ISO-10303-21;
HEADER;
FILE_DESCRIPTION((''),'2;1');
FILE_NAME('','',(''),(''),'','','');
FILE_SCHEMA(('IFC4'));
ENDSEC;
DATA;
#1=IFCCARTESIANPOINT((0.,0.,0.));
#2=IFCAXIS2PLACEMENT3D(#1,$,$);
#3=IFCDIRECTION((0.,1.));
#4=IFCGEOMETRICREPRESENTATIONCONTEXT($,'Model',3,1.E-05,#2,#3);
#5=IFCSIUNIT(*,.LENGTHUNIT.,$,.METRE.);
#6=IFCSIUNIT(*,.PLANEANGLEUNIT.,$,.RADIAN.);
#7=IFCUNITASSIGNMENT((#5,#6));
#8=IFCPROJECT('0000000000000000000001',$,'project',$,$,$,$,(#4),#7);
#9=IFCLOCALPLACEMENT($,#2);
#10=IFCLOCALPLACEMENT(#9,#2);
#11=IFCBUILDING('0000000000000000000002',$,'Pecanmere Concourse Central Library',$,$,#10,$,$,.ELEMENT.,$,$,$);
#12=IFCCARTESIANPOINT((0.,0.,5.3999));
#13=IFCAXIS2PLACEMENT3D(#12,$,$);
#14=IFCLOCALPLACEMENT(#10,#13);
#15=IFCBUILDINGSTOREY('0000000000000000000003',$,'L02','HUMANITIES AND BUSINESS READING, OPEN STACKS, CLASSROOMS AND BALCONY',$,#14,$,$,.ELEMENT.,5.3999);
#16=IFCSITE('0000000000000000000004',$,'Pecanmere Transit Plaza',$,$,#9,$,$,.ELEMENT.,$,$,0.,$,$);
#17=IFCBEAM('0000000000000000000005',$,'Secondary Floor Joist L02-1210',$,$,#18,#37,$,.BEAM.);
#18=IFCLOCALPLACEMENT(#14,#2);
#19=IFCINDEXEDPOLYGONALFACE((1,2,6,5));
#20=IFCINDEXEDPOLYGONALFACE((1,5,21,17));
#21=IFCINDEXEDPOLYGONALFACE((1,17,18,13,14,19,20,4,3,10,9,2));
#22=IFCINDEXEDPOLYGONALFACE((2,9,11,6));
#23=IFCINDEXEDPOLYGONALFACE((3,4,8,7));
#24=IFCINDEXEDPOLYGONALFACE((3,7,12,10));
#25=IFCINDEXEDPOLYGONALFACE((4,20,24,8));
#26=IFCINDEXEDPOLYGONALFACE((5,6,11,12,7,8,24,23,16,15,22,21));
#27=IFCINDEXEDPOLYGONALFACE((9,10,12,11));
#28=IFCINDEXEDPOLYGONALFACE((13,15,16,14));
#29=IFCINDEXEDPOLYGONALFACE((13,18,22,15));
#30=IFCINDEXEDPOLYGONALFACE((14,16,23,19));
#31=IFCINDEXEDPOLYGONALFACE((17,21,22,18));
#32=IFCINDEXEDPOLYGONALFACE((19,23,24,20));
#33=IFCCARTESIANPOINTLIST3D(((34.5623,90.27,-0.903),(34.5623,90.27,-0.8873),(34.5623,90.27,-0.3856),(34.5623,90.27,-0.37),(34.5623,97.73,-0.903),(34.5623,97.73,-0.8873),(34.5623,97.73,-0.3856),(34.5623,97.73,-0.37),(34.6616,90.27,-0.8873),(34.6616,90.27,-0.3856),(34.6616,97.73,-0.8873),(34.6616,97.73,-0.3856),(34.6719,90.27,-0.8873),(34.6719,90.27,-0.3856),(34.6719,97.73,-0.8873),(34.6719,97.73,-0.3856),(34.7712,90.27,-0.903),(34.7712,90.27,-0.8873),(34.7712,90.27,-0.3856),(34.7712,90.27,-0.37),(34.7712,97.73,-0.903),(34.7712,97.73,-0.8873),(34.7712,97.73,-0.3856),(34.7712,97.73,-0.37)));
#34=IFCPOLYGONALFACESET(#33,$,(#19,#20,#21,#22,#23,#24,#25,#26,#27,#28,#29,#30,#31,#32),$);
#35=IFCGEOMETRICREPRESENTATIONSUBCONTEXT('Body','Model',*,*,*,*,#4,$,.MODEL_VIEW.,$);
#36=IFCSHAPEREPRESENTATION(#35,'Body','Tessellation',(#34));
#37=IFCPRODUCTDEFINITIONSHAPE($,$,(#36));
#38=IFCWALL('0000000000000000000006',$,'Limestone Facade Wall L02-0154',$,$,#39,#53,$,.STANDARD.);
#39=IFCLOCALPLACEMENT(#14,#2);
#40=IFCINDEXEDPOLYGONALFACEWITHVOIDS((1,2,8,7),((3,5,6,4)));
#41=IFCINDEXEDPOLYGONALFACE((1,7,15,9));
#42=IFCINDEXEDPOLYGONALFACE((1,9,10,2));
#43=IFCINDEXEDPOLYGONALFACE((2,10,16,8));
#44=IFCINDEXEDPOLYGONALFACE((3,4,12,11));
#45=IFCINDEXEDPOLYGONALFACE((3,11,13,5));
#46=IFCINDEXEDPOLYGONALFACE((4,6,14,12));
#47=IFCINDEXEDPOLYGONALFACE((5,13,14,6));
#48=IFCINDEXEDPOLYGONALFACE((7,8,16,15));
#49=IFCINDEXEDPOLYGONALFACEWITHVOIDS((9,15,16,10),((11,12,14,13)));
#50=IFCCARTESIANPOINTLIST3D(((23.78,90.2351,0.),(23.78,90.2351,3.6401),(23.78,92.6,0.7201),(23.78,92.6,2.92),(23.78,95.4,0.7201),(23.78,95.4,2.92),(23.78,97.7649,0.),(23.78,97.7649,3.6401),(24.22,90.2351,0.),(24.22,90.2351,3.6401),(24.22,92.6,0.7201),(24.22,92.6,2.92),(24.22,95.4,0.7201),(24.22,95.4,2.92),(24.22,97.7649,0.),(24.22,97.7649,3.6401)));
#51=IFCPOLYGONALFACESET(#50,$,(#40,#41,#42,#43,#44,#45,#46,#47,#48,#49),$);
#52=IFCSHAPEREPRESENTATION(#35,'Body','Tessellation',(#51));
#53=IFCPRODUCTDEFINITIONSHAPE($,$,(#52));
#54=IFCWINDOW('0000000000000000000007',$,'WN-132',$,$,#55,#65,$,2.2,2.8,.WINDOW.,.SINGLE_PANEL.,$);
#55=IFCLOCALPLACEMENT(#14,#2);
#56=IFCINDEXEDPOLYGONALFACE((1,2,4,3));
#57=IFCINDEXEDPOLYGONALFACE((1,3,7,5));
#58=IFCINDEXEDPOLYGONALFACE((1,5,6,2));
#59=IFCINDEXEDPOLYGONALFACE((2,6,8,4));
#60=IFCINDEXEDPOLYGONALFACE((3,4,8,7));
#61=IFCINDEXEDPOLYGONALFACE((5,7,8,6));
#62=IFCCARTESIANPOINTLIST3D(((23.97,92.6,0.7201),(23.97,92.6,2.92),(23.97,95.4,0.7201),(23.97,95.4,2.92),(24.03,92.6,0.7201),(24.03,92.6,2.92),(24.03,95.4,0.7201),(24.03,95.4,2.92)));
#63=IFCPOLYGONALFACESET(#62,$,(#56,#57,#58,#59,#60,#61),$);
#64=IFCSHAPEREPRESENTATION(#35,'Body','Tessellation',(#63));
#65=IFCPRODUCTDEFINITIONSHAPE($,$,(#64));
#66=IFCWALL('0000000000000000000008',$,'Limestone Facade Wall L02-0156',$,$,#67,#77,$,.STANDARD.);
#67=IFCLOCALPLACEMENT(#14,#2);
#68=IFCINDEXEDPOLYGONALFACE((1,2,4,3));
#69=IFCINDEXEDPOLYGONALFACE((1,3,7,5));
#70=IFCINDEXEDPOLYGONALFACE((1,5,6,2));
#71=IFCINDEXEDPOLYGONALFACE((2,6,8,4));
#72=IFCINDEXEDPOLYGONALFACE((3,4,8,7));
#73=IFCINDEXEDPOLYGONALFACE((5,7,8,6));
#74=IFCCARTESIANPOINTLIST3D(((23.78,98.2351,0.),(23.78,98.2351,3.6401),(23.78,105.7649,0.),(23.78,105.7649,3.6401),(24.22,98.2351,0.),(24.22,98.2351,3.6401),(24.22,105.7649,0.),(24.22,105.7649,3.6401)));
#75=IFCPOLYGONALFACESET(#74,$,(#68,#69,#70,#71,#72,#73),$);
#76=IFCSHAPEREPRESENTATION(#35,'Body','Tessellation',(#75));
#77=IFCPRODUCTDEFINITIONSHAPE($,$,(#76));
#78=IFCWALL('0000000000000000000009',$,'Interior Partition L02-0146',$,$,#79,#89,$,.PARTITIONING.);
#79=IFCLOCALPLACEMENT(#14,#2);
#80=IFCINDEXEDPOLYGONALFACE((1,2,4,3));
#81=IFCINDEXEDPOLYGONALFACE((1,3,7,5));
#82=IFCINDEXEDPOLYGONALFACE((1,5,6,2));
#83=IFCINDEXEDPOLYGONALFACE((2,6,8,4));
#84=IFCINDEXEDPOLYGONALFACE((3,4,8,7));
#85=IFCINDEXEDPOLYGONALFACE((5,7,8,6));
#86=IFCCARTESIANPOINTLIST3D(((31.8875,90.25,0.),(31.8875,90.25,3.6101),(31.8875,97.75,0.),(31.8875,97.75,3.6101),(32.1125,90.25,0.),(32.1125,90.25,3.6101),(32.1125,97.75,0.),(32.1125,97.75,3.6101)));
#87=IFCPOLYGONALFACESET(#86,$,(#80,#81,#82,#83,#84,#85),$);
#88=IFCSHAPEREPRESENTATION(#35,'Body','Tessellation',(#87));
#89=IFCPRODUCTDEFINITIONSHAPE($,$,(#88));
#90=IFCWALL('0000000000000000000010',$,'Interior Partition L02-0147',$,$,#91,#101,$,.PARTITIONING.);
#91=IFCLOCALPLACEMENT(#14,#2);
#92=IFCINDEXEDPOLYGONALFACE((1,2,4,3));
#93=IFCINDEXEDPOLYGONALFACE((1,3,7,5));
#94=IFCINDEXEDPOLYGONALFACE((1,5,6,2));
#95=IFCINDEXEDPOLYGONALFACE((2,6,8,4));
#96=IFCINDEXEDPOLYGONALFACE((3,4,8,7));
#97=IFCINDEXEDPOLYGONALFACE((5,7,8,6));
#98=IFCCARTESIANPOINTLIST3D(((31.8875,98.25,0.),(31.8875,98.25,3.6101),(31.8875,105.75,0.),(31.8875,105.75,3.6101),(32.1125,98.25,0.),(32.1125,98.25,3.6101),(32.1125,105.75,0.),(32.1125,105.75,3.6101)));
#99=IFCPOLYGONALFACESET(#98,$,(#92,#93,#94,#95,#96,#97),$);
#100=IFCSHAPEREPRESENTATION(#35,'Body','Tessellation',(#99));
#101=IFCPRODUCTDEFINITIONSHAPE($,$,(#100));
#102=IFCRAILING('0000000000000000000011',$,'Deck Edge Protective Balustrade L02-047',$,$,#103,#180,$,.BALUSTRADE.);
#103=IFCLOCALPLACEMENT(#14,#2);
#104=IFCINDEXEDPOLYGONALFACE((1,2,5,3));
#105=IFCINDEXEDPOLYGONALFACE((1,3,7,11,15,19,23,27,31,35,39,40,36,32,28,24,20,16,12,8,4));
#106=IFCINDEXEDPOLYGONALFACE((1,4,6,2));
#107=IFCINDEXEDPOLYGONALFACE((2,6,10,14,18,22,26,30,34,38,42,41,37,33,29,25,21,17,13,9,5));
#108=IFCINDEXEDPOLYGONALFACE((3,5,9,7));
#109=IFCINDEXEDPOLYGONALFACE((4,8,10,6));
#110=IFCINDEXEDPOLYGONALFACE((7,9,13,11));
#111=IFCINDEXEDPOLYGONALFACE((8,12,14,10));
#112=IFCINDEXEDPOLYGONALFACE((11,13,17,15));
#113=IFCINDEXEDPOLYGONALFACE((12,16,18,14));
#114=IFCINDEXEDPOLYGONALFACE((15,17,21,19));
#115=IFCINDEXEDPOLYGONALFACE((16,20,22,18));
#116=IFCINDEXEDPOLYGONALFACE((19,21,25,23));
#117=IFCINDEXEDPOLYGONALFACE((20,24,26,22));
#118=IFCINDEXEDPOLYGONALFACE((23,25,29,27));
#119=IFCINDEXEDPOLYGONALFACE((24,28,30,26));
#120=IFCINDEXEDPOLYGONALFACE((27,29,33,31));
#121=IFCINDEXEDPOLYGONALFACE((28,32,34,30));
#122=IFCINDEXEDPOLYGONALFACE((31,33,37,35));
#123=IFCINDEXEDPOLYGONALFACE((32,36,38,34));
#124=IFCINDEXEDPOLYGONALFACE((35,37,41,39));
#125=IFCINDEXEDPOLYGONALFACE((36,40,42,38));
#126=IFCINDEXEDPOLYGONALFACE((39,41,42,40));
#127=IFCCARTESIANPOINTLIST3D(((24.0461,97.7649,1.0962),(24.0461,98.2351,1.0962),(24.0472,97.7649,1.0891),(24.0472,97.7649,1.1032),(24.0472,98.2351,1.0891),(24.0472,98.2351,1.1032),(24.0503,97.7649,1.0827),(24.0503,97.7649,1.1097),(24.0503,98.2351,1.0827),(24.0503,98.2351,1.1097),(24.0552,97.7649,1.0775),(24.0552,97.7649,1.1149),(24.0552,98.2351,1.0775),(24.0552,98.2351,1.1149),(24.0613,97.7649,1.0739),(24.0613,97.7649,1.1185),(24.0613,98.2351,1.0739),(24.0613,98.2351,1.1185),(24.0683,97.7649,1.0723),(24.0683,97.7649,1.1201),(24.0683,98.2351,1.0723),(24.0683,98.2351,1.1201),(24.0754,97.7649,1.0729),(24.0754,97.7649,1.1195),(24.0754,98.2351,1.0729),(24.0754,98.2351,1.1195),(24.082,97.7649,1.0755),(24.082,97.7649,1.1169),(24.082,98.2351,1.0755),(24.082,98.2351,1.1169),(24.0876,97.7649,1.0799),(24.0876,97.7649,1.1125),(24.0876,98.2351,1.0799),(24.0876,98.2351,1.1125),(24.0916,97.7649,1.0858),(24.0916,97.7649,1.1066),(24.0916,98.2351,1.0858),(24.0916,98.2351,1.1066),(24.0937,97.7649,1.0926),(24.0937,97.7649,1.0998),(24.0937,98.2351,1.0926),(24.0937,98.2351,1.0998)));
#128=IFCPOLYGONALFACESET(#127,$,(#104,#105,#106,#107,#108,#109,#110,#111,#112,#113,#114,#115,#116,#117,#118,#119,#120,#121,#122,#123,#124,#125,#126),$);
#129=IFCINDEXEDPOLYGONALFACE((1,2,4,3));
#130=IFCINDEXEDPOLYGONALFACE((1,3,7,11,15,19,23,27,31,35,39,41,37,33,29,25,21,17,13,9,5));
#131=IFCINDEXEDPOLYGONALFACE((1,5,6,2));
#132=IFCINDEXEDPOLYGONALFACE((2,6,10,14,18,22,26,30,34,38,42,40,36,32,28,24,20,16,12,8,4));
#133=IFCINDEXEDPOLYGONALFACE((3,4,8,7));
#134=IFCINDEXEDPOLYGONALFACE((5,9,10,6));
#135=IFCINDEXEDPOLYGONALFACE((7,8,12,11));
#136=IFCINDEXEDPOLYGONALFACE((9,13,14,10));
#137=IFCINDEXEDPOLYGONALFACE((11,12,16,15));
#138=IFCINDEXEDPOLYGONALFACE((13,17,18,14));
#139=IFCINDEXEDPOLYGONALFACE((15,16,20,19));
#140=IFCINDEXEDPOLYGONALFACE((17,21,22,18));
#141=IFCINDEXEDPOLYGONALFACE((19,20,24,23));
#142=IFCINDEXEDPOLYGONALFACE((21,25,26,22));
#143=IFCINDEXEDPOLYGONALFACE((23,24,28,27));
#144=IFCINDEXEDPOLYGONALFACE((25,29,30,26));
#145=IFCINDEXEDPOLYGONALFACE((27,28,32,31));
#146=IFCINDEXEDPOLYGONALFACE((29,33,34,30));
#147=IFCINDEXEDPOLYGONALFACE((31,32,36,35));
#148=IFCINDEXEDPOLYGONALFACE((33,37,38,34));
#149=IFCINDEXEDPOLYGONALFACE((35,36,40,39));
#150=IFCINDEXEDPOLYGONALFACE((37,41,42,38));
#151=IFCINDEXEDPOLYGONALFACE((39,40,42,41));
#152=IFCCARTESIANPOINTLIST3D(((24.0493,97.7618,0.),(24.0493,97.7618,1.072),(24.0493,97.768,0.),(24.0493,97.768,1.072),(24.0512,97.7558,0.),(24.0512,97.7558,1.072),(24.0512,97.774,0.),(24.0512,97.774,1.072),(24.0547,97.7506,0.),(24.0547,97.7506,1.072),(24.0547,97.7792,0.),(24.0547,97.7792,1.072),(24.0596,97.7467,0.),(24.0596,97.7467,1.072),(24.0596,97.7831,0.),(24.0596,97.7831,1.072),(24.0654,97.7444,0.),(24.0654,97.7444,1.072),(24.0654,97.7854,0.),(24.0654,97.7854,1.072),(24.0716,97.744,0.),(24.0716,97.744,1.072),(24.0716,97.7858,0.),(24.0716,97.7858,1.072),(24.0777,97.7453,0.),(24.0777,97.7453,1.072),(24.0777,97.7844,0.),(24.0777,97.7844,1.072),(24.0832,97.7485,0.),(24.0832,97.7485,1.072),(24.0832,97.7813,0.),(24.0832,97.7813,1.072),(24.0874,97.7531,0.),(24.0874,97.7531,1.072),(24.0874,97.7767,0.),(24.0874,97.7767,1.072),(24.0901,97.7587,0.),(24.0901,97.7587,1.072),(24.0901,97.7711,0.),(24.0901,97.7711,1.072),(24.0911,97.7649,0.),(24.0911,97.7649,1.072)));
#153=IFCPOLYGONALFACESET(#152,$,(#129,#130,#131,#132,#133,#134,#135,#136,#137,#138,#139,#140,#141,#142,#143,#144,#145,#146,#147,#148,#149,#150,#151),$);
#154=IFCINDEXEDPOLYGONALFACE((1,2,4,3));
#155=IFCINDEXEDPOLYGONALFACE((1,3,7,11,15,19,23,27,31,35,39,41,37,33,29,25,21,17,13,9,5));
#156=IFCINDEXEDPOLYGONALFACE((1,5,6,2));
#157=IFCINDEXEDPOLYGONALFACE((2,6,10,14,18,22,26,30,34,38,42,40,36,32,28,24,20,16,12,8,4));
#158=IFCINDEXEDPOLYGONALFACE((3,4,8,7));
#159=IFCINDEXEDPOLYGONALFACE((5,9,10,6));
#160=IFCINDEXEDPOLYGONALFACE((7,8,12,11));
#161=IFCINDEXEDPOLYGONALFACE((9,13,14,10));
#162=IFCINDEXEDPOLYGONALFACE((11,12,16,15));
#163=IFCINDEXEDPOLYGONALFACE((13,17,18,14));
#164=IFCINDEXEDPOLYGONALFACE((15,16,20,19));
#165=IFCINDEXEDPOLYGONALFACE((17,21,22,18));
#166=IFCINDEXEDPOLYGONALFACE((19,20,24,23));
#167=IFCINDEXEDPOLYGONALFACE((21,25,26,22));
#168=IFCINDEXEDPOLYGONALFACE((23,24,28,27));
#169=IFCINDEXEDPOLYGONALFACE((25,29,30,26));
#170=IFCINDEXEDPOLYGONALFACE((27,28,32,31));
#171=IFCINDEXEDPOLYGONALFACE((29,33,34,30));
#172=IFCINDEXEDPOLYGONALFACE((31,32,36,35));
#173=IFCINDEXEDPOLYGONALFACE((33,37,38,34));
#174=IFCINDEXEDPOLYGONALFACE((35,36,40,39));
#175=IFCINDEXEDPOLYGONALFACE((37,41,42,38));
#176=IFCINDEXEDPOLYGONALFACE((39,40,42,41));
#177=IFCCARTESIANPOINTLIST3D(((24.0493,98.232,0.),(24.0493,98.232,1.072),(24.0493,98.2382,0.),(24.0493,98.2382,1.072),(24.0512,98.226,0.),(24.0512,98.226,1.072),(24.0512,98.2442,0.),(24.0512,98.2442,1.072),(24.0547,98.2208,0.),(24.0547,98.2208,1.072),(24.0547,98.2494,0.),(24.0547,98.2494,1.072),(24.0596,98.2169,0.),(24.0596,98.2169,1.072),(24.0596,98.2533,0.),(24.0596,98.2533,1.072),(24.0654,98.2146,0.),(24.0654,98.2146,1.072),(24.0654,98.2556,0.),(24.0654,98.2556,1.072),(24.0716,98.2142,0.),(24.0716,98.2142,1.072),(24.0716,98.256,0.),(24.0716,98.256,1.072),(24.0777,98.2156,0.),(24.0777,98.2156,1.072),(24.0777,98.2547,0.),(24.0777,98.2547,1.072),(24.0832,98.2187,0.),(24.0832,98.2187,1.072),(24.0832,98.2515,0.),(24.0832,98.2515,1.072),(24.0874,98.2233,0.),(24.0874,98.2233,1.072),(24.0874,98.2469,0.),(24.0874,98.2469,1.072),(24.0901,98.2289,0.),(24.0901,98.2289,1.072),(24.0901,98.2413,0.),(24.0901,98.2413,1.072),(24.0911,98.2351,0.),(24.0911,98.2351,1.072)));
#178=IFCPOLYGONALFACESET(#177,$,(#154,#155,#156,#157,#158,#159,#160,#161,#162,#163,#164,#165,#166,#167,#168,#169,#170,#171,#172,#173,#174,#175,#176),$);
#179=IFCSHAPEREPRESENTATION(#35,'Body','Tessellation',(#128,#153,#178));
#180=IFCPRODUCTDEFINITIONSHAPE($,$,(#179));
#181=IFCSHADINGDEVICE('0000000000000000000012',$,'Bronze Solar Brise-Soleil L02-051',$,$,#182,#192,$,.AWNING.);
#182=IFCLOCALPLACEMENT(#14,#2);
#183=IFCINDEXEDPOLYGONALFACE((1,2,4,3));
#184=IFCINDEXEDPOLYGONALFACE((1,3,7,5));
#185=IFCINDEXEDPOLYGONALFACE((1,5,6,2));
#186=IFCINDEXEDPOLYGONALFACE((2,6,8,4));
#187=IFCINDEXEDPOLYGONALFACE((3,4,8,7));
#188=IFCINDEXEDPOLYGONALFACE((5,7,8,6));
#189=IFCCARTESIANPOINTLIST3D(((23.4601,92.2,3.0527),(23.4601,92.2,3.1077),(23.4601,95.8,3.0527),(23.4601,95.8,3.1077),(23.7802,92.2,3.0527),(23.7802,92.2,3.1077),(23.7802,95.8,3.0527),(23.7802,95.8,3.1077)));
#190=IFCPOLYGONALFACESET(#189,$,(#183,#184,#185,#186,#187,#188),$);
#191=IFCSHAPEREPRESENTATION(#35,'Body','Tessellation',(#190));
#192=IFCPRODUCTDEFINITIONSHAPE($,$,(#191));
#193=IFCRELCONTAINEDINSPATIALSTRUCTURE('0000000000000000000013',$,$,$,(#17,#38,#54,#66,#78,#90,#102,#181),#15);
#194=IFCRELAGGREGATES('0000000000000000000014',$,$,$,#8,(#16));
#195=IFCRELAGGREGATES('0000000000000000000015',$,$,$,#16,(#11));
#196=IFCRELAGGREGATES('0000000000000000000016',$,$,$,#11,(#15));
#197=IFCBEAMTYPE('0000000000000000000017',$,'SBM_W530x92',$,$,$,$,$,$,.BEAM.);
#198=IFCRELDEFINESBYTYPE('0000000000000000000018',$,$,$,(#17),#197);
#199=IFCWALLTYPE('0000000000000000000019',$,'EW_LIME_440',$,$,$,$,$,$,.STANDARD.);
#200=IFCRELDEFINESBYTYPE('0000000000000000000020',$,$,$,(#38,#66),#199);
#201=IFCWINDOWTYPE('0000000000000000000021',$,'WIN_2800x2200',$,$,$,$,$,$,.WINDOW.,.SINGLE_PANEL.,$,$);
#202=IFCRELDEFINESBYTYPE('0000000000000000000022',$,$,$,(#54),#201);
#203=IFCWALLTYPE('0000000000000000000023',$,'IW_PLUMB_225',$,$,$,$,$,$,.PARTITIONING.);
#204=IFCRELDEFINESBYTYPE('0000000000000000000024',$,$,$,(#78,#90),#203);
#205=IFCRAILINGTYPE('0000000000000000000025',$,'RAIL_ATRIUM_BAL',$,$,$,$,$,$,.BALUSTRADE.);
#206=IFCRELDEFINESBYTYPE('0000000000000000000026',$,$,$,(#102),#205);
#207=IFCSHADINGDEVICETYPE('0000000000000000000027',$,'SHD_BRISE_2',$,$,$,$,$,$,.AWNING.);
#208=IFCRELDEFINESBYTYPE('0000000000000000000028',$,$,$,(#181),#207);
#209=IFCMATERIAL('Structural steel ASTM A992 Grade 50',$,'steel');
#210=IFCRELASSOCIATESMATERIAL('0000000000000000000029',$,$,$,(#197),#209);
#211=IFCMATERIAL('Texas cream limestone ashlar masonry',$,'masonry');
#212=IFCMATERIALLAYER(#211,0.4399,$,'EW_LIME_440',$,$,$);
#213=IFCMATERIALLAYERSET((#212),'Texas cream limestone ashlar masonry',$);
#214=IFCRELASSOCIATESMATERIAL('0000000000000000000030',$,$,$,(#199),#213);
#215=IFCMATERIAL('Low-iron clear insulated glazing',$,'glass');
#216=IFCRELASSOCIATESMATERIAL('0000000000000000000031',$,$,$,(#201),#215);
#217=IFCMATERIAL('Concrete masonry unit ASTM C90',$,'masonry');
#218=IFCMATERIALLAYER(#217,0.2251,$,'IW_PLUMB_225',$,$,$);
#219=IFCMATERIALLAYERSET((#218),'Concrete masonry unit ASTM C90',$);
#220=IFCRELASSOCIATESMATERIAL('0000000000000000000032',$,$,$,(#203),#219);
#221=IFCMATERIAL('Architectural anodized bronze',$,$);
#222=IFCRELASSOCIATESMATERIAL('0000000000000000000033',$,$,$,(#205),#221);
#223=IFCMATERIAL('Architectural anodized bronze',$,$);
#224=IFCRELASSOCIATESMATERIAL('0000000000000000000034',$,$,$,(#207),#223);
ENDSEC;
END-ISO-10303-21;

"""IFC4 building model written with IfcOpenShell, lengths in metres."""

from ifc_helpers import new_model, si_unit, direction, frame, frame_2d, origin, origin_2d, place, context, subcontext, project, spatial, rectangle, circle, i_section, extrude, material, layer, layer_set, material_profile, profile_set, type_object, element, fill, save


model = new_model("IFC4")

# Units and contexts
model_context = context("Model", 3, precision=1e-05, world=origin(), true_north=direction((0.0, 1.0)))
body_context = subcontext(model_context, "Body", "Model", "MODEL_VIEW")
ifc_project = project(units=[si_unit("LENGTHUNIT", "METRE"), si_unit("PLANEANGLEUNIT", "RADIAN")], contexts=[model_context])

# Site, building, storey
site_placement = place(None, origin())
site = spatial("IfcSite", under=ifc_project, at=site_placement, Name="Pecanmere Transit Plaza", CompositionType="ELEMENT", RefElevation=0.0)
building_placement = place(site_placement, origin())
building = spatial("IfcBuilding", under=site, at=building_placement, Name="Pecanmere Concourse Central Library", CompositionType="ELEMENT")
storey_placement = place(building_placement, frame((0.0, 0.0, 5.3999)))
storey = spatial("IfcBuildingStorey", under=building, at=storey_placement, Name="L02", Description="HUMANITIES AND BUSINESS READING, OPEN STACKS, CLASSROOMS AND BALCONY", CompositionType="ELEMENT", Elevation=5.3999)

# Beam
ifc_material_1 = material(Name="Structural steel ASTM A992 Grade 50", Category="steel")
ifc_material_profile_1 = material_profile(ifc_material_1, i_section(OverallWidth=0.209, OverallDepth=0.533, WebThickness=0.0103, FlangeThickness=0.0156, at=origin_2d()), Name="W530x92")
ifc_profile_set_1 = profile_set([ifc_material_profile_1], Name="Structural steel ASTM A992 Grade 50")
beam_type_1 = type_object("IfcBeamType", Name="SBM_W530x92", PredefinedType="BEAM", material=ifc_profile_set_1)
beam_1_placement = place(storey_placement, frame((34.6667, 90.27, -0.6365), z_axis=(0.0, 1.0, 0.0), x_axis=(-1.0, 0.0, 0.0)))
element("IfcBeam", 1, at=beam_1_placement, inside=storey, type_object=beam_type_1, Name="Secondary Floor Joist L02-1210", PredefinedType="BEAM", context=body_context, shape_type="SweptSolid", body=[
    extrude(i_section(OverallWidth=0.209, OverallDepth=0.533, WebThickness=0.0103, FlangeThickness=0.0156, at=origin_2d()), origin(), (0.0, 0.0, 1.0), 7.46),
])

# Wall, opening, window
ifc_material_2 = material(Name="Texas cream limestone ashlar masonry", Category="masonry")
ifc_layer_1 = layer(ifc_material_2, 0.4399, Name="EW_LIME_440")
ifc_layer_set_1 = layer_set([ifc_layer_1], Name="Texas cream limestone ashlar masonry")
wall_type_1 = type_object("IfcWallType", Name="EW_LIME_440", PredefinedType="STANDARD", material=ifc_layer_set_1)
wall_1_placement = place(storey_placement, frame((24.0, 97.7649, 0.0), z_axis=(0.0, 0.0, 1.0), x_axis=(0.0, -1.0, 0.0)))
wall_1 = element("IfcWall", 2, at=wall_1_placement, inside=storey, type_object=wall_type_1, Name="Limestone Facade Wall L02-0154", PredefinedType="STANDARD", context=body_context, shape_type="SweptSolid", body=[
    extrude(rectangle(XDim=7.5298, YDim=0.4399, at=frame_2d((3.7649, 0.0))), origin(), (0.0, 0.0, 1.0), 3.6401),
])
opening_placement = place(wall_1_placement, frame((2.365, 0.0, 0.72)))
opening = element("IfcOpeningElement", 3, at=opening_placement, cuts=wall_1, PredefinedType="OPENING", context=body_context, shape_type="SweptSolid", body=[
    extrude(rectangle(XDim=2.8, YDim=2.2, at=frame_2d((1.3999, 1.1001))), frame((0.0, 0.2319, 0.0), z_axis=(0.0, -1.0, 0.0), x_axis=(1.0, 0.0, 0.0)), (0.0, 0.0, 1.0), 0.4639),
])
ifc_material_3 = material(Name="Low-iron clear insulated glazing", Category="glass")
window_type = type_object("IfcWindowType", Name="WIN_2800x2200", PartitioningType="SINGLE_PANEL", PredefinedType="WINDOW", material=ifc_material_3)
window_placement = place(opening_placement, origin())
window = element("IfcWindow", 4, at=window_placement, inside=storey, type_object=window_type, Name="WN-132", OverallHeight=2.2, OverallWidth=2.8, PartitioningType="SINGLE_PANEL", PredefinedType="WINDOW", context=body_context, shape_type="SweptSolid", body=[
    extrude(rectangle(XDim=2.8, YDim=2.2, at=frame_2d((1.3999, 1.1001))), frame((0.0, 0.03, 0.0), z_axis=(0.0, -1.0, 0.0), x_axis=(1.0, 0.0, 0.0)), (0.0, 0.0, 1.0), 0.0601),
])
fill(opening, window)

# Walls
wall_2_placement = place(storey_placement, frame((24.0, 105.7649, 0.0), z_axis=(0.0, 0.0, 1.0), x_axis=(0.0, -1.0, 0.0)))
element("IfcWall", 5, at=wall_2_placement, inside=storey, type_object=wall_type_1, Name="Limestone Facade Wall L02-0156", PredefinedType="STANDARD", context=body_context, shape_type="SweptSolid", body=[
    extrude(rectangle(XDim=7.5298, YDim=0.4399, at=frame_2d((3.7649, 0.0))), origin(), (0.0, 0.0, 1.0), 3.6401),
])
ifc_material_4 = material(Name="Concrete masonry unit ASTM C90", Category="masonry")
ifc_layer_2 = layer(ifc_material_4, 0.2251, Name="IW_PLUMB_225")
ifc_layer_set_2 = layer_set([ifc_layer_2], Name="Concrete masonry unit ASTM C90")
wall_type_2 = type_object("IfcWallType", Name="IW_PLUMB_225", PredefinedType="PARTITIONING", material=ifc_layer_set_2)
for number, where, z_axis, x_axis, name in (
    (6, (32.0, 90.25, 0.0), (0.0, 0.0, 1.0), (0.0, 1.0, 0.0), "Interior Partition L02-0146"),
    (7, (32.0, 98.25, 0.0), (0.0, 0.0, 1.0), (0.0, 1.0, 0.0), "Interior Partition L02-0147"),
):
    element("IfcWall", number, at=place(storey_placement, frame(where, z_axis=z_axis, x_axis=x_axis)), inside=storey, type_object=wall_type_2, Name=name, PredefinedType="PARTITIONING", context=body_context, shape_type="SweptSolid", body=[
        extrude(rectangle(XDim=7.5, YDim=0.2251, at=frame_2d((3.75, 0.0))), origin(), (0.0, 0.0, 1.0), 3.6101),
    ])

# Railing
ifc_material_5 = material(Name="Architectural anodized bronze")
railing_type = type_object("IfcRailingType", Name="RAIL_ATRIUM_BAL", PredefinedType="BALUSTRADE", material=ifc_material_5)
railing_1_placement = place(storey_placement, frame((24.0701, 97.7649, 0.0)))
element("IfcRailing", 8, at=railing_1_placement, inside=storey, type_object=railing_type, Name="Deck Edge Protective Balustrade L02-047", PredefinedType="BALUSTRADE", context=body_context, shape_type="SweptSolid", body=[
    extrude(circle(Radius=0.0239, at=origin_2d()), frame((0.0, 0.0, 1.0962), z_axis=(0.0, 1.0, 0.0), x_axis=(-1.0, 0.0, 0.0)), (0.0, 0.0, 1.0), 0.4702),
    extrude(circle(Radius=0.021, at=origin_2d()), origin(), (0.0, 0.0, 1.0), 1.072),
    extrude(circle(Radius=0.021, at=origin_2d()), frame((0.0, 0.4702, 0.0)), (0.0, 0.0, 1.0), 1.072),
])

# Shading device
ifc_material_6 = material(Name="Architectural anodized bronze")
shading_device_type = type_object("IfcShadingDeviceType", Name="SHD_BRISE_2", PredefinedType="AWNING", material=ifc_material_6)
shading_device_placement = place(storey_placement, frame((23.6201, 94.0, 3.0527), z_axis=(0.0, 0.0, 1.0), x_axis=(0.0, -1.0, 0.0)))
element("IfcShadingDevice", 9, at=shading_device_placement, inside=storey, type_object=shading_device_type, Name="Bronze Solar Brise-Soleil L02-051", PredefinedType="AWNING", context=body_context, shape_type="SweptSolid", body=[
    extrude(rectangle(XDim=3.6001, YDim=0.3201, at=origin_2d()), origin(), (0.0, 0.0, 1.0), 0.0549),
])

save(model, "model.ifc")
